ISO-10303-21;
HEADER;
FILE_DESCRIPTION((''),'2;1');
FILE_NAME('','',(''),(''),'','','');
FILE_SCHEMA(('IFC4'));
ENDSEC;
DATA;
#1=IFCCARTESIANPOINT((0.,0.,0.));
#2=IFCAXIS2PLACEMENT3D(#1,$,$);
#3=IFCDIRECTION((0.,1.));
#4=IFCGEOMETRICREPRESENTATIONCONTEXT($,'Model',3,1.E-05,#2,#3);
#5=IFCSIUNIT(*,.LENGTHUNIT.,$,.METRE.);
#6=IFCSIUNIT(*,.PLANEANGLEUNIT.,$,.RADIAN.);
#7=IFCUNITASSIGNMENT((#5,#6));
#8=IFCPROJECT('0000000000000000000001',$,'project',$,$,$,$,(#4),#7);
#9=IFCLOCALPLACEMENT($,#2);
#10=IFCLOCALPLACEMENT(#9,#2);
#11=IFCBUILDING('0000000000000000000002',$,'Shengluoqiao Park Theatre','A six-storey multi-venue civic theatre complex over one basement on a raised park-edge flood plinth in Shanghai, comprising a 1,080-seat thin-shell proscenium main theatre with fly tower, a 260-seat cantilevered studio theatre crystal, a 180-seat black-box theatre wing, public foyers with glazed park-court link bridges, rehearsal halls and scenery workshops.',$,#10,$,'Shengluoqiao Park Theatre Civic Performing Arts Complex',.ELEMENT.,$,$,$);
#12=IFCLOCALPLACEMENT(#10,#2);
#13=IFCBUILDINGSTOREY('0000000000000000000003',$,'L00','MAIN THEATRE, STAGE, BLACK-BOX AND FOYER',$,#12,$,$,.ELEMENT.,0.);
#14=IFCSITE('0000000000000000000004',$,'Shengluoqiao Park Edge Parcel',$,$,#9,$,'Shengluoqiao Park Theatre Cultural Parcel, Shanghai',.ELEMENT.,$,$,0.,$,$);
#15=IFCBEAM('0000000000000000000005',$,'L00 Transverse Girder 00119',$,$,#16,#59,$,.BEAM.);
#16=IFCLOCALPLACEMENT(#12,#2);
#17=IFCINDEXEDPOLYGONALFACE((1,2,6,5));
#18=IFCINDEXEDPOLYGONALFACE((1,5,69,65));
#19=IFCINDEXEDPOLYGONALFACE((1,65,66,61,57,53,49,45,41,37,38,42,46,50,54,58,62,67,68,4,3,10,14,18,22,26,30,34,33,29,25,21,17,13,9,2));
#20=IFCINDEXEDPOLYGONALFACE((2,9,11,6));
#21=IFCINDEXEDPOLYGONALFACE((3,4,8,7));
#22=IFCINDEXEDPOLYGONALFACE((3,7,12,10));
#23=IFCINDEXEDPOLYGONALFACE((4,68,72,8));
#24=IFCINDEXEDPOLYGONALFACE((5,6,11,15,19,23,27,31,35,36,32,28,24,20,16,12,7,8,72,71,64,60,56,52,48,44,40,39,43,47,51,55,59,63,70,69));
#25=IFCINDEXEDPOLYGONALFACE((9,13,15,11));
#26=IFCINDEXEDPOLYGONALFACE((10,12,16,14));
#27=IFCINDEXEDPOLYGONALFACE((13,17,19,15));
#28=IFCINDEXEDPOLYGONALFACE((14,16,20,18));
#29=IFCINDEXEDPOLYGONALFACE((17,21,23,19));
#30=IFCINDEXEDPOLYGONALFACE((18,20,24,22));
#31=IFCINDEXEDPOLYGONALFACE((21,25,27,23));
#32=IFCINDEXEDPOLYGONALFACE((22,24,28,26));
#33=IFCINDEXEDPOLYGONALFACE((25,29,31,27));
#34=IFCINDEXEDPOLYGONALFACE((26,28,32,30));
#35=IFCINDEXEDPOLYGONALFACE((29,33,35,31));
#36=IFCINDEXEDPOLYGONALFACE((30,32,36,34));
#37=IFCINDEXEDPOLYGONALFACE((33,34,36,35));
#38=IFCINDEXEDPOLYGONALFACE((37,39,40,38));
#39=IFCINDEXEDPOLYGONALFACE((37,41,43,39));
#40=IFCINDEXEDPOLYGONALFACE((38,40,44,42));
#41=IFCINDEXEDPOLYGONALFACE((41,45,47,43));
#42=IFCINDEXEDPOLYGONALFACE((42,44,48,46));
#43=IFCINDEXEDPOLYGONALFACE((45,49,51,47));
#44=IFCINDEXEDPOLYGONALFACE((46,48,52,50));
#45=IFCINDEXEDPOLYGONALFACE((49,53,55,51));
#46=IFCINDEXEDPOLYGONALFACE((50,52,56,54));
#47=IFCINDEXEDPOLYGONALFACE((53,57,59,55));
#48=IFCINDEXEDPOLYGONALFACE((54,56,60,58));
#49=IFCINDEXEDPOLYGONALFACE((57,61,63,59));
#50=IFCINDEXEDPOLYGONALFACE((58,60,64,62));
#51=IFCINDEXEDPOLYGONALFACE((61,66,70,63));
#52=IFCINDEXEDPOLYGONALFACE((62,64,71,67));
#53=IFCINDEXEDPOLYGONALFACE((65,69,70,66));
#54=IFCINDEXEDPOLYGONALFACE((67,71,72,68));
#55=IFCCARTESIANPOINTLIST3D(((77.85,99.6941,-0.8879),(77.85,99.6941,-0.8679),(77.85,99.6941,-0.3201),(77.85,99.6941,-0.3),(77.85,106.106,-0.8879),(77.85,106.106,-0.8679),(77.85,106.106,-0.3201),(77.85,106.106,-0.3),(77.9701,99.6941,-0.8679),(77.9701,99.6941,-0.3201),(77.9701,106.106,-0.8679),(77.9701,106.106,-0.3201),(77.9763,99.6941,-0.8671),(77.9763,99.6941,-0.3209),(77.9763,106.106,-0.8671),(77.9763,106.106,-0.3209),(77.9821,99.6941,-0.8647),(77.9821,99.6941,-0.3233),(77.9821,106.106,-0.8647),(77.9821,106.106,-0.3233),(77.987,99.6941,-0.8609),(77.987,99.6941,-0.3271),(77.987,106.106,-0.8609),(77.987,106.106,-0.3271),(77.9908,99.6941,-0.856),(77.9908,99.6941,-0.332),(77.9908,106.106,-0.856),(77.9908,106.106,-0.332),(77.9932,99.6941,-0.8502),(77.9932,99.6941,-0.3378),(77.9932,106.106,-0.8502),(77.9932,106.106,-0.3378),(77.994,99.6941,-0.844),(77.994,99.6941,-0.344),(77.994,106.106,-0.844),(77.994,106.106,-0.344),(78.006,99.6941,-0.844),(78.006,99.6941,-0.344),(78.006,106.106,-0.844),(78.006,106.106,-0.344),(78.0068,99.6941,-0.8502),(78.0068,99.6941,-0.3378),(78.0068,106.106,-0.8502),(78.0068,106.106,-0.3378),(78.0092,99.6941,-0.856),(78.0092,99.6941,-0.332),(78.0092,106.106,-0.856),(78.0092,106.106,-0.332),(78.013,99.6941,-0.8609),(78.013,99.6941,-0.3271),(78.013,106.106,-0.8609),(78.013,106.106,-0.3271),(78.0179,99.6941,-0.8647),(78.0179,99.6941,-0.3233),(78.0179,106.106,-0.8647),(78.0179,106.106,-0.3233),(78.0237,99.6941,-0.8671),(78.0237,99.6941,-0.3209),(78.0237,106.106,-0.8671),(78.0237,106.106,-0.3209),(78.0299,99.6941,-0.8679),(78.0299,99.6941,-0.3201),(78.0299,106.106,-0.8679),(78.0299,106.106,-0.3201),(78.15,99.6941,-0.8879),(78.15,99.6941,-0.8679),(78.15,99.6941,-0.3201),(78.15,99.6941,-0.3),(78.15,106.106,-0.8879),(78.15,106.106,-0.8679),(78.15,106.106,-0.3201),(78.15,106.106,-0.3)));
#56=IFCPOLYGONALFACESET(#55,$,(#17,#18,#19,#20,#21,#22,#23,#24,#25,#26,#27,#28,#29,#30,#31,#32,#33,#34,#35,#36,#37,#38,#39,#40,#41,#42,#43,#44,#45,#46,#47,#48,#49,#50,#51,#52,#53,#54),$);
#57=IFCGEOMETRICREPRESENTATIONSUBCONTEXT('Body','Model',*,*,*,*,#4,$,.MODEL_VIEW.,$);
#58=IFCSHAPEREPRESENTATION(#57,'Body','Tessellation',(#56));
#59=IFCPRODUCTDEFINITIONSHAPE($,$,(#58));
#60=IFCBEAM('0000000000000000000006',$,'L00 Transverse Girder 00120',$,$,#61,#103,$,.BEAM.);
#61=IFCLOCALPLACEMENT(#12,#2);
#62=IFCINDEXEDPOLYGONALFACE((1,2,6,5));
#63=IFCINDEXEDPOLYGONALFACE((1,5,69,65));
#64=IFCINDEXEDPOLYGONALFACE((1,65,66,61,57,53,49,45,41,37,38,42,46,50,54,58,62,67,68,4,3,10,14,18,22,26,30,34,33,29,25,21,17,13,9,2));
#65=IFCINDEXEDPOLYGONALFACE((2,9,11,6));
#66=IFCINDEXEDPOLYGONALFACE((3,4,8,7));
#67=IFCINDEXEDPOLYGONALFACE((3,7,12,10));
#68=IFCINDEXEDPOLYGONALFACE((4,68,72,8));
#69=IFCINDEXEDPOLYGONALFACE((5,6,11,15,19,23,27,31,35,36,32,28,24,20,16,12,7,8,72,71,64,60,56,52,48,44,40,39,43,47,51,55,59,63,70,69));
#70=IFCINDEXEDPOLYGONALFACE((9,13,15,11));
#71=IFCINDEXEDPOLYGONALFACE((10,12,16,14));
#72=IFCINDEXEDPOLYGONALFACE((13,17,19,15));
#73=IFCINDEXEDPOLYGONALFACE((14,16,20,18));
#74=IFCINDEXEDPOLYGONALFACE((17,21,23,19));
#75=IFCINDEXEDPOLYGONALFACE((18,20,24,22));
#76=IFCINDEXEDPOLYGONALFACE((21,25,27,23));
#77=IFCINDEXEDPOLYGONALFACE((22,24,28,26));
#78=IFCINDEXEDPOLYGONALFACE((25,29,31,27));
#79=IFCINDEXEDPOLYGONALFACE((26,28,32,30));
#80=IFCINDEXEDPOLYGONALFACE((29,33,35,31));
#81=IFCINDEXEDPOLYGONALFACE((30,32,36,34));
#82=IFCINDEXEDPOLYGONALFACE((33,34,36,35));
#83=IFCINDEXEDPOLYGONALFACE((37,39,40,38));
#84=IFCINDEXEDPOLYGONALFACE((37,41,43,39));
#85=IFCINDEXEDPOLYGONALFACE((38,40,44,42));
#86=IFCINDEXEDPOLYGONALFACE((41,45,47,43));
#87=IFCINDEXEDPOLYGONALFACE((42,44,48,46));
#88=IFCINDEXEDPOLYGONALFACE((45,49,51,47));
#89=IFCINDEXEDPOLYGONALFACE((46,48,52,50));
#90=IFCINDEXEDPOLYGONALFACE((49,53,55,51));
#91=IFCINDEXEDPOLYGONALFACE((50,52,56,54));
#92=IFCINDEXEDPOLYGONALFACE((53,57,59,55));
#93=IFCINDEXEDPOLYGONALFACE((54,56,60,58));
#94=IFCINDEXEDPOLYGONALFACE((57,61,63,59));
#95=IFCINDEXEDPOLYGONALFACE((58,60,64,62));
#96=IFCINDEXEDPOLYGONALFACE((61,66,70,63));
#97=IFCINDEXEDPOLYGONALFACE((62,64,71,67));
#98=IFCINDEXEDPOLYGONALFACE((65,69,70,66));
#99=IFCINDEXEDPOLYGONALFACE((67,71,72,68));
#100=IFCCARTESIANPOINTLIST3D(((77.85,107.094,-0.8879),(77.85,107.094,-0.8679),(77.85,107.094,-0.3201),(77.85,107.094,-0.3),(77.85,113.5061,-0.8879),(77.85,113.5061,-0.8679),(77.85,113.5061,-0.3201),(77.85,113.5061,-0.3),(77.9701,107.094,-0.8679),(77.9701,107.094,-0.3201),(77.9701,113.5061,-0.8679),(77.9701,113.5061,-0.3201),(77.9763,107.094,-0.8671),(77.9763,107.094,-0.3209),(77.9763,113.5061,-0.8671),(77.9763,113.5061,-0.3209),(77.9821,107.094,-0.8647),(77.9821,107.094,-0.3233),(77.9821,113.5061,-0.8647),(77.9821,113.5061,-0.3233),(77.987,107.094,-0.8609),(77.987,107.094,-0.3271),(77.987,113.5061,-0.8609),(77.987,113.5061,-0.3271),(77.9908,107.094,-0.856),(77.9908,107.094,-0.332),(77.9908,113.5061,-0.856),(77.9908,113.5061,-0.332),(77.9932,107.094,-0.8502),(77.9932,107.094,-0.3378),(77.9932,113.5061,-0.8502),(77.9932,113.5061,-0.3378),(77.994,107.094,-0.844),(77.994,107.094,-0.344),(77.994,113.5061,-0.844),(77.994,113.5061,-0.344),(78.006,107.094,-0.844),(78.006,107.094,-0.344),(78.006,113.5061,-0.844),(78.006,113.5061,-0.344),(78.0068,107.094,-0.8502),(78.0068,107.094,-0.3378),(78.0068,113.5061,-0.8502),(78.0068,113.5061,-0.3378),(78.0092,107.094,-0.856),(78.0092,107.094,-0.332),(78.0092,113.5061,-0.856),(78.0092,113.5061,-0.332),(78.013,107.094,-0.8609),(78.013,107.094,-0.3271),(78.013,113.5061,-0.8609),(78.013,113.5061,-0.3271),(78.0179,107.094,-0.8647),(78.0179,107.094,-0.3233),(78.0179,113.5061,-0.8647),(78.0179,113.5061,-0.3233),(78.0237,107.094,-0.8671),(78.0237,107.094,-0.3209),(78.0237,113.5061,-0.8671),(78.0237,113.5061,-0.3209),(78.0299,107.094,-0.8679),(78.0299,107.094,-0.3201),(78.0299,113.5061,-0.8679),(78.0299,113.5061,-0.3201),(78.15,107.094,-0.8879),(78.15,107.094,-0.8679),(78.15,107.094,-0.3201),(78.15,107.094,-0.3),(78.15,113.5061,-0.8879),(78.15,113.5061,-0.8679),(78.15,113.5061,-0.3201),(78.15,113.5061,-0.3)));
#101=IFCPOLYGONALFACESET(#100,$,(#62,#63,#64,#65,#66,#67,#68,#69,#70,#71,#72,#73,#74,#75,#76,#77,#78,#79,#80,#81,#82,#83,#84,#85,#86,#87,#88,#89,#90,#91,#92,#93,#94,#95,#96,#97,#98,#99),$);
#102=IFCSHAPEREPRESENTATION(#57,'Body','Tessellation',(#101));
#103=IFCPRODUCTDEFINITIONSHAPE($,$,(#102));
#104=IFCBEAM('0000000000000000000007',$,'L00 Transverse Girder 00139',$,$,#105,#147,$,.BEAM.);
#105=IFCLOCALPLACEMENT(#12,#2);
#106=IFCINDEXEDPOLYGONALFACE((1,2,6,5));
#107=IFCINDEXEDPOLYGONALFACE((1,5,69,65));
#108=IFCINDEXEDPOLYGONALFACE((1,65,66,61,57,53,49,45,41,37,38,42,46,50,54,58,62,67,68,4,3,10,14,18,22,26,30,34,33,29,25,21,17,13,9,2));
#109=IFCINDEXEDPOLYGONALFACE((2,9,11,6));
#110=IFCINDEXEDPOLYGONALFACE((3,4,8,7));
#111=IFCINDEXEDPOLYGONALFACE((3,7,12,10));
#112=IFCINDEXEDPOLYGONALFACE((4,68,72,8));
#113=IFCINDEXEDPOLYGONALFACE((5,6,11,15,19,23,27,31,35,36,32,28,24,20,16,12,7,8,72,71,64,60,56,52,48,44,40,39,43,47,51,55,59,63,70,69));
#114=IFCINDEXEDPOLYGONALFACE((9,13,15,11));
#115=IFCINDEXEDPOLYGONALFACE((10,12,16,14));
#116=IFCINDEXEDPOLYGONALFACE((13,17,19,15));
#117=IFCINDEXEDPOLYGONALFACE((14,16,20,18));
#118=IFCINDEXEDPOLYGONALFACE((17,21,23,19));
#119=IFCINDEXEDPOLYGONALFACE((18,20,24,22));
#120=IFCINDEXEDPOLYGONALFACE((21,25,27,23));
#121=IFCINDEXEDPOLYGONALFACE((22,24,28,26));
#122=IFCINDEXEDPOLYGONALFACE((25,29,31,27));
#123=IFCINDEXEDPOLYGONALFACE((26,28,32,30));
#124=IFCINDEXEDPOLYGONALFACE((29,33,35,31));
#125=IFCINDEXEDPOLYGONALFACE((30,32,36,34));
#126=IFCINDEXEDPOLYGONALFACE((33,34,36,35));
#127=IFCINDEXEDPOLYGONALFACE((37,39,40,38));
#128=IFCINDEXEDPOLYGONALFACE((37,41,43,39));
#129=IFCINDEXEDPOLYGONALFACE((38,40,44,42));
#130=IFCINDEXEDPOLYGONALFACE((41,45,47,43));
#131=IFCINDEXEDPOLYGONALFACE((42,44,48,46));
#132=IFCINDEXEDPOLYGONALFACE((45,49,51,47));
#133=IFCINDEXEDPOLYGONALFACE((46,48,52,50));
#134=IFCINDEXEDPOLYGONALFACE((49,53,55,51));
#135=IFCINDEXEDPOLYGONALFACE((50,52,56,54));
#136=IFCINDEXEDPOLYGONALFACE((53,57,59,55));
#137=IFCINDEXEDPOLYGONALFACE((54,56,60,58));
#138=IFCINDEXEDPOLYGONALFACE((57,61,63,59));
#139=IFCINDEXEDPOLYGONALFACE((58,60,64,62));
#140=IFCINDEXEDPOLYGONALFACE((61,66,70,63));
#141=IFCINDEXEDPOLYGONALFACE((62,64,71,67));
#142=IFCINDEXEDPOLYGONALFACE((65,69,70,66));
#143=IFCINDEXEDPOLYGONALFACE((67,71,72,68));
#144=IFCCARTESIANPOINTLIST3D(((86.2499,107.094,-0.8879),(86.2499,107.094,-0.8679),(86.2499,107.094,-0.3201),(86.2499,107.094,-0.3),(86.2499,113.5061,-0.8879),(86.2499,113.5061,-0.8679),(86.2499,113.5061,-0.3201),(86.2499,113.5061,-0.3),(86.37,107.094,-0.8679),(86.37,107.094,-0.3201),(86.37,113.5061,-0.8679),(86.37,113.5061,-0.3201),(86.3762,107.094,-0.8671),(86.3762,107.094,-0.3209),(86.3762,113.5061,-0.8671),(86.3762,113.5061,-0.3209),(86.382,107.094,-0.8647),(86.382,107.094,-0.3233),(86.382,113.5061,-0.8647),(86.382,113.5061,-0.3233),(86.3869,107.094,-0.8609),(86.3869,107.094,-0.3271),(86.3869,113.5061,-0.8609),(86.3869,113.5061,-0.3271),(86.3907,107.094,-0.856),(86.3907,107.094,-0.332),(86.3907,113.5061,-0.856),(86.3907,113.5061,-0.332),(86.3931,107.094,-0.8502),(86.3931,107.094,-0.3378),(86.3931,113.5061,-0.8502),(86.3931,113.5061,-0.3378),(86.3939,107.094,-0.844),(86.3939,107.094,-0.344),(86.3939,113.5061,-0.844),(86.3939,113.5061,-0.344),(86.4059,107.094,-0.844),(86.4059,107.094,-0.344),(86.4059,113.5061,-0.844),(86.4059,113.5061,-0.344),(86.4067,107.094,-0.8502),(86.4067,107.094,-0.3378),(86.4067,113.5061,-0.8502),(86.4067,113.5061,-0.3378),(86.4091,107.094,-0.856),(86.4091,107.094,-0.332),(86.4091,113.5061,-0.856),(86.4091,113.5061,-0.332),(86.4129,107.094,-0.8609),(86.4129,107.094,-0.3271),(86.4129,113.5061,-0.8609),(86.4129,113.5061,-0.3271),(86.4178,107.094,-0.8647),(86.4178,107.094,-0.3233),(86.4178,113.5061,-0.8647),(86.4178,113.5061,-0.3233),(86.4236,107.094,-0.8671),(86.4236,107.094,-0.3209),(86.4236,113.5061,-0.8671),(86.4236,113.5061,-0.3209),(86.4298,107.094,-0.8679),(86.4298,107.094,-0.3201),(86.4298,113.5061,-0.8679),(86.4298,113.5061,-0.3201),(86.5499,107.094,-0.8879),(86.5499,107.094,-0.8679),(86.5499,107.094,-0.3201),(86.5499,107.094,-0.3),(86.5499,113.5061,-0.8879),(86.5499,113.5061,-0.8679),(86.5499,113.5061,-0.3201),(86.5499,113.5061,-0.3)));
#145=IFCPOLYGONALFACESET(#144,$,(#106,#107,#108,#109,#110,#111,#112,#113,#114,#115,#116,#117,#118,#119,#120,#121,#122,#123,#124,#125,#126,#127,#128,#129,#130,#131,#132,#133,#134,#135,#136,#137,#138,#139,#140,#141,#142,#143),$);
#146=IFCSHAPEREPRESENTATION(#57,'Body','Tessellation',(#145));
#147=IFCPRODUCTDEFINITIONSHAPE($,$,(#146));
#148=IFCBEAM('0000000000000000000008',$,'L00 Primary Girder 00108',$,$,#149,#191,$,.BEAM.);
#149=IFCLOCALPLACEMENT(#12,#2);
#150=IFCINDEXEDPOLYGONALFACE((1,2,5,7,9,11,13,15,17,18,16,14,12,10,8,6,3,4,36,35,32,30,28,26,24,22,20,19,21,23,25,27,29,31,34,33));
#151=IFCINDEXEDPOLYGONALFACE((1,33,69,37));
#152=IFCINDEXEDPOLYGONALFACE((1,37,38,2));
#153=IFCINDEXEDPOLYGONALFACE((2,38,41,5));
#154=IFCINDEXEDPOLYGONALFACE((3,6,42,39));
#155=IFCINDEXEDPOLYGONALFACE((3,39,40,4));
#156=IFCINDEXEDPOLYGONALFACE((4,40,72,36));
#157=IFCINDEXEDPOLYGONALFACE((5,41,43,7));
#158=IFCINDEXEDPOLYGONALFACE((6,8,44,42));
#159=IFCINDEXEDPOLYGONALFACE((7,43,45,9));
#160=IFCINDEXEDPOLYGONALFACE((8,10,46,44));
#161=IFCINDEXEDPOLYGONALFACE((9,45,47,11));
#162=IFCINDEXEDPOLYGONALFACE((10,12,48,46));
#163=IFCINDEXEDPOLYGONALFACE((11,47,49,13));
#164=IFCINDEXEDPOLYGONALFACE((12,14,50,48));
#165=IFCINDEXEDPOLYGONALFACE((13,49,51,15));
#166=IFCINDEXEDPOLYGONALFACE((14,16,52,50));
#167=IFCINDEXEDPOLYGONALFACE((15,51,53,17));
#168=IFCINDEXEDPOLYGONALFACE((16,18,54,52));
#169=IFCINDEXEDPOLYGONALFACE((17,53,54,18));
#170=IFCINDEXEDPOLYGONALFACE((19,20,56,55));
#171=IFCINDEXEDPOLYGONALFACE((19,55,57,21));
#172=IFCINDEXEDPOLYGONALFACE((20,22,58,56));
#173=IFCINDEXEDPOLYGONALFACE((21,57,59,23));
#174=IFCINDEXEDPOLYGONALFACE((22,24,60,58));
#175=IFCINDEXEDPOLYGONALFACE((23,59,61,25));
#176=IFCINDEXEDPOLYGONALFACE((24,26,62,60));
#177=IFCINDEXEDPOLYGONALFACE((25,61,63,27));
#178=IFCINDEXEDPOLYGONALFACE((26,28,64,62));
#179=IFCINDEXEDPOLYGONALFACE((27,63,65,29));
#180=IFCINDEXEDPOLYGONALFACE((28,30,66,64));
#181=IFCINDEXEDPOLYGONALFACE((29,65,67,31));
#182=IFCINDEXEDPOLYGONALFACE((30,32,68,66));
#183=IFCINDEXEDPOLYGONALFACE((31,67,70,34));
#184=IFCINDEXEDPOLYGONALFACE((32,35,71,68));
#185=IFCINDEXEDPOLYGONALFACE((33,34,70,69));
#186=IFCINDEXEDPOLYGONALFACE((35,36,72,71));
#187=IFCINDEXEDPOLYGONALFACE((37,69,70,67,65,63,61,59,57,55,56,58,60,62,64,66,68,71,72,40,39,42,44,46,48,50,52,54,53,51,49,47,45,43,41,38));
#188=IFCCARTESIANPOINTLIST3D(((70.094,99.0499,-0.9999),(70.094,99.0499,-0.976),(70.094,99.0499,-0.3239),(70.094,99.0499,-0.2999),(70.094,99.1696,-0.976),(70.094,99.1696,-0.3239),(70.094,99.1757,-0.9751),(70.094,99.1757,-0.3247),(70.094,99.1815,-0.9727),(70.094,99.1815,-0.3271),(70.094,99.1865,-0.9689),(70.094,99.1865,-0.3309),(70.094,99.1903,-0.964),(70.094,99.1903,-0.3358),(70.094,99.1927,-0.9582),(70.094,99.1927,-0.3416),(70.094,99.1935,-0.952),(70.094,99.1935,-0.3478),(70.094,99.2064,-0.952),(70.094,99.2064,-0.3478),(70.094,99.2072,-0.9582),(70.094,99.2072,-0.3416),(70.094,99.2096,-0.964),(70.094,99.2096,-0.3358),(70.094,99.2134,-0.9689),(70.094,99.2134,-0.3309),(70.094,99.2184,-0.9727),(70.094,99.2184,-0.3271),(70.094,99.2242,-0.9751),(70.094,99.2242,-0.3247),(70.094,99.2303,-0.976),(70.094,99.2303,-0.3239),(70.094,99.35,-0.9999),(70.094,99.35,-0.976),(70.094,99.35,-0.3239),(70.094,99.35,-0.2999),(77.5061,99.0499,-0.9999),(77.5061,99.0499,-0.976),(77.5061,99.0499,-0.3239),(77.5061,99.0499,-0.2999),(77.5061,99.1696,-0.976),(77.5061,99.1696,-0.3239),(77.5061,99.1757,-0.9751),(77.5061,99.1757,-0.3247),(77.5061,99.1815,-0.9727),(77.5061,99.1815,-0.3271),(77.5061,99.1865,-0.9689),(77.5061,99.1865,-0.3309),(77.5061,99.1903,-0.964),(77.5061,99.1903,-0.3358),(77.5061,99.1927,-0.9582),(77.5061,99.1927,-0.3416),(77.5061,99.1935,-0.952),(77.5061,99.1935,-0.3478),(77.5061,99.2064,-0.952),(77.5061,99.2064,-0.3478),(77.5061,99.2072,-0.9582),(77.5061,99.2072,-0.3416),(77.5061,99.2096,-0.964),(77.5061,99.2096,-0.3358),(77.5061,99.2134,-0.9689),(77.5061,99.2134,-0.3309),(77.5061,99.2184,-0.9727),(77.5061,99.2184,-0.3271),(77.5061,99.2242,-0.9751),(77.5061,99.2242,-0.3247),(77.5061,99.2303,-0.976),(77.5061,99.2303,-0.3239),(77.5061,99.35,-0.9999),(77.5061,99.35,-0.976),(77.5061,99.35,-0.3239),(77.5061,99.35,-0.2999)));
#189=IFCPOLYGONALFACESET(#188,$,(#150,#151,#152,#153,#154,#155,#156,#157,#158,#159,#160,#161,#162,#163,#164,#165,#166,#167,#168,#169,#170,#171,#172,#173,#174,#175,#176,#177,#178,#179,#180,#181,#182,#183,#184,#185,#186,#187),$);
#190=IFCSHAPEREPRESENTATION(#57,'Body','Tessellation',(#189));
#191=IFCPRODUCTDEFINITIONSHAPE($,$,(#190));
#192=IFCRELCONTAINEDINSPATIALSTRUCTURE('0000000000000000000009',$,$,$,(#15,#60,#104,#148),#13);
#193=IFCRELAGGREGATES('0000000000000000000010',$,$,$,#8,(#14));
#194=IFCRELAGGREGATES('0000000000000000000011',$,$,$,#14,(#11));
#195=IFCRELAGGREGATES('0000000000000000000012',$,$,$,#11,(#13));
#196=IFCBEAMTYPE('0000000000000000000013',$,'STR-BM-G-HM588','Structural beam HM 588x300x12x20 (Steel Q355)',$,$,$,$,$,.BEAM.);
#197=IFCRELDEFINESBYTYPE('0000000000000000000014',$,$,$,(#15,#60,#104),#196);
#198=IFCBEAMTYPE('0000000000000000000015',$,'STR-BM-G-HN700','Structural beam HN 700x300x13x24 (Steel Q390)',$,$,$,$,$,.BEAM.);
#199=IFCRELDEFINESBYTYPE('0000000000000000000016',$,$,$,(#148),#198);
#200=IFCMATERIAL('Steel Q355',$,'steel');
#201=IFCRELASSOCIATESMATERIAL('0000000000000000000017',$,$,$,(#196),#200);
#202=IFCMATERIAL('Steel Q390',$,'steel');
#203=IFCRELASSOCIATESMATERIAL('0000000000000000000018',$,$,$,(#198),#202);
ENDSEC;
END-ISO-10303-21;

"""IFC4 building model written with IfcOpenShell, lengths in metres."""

from ifc_helpers import new_model, si_unit, direction, frame, origin, origin_2d, place, context, subcontext, project, spatial, i_section, extrude, material, material_profile, profile_set, type_object, element, save


model = new_model("IFC4")

# Units and contexts
model_context = context("Model", 3, precision=1e-05, world=origin(), true_north=direction((0.0, 1.0)))
body_context = subcontext(model_context, "Body", "Model", "MODEL_VIEW")
ifc_project = project(units=[si_unit("LENGTHUNIT", "METRE"), si_unit("PLANEANGLEUNIT", "RADIAN")], contexts=[model_context])

# Site, building, storey
site_placement = place(None, origin())
site = spatial("IfcSite", under=ifc_project, at=site_placement, Name="Shengluoqiao Park Edge Parcel", LongName="Shengluoqiao Park Theatre Cultural Parcel, Shanghai", CompositionType="ELEMENT", RefElevation=0.0)
building_placement = place(site_placement, origin())
building = spatial("IfcBuilding", under=site, at=building_placement, Name="Shengluoqiao Park Theatre", Description="A six-storey multi-venue civic theatre complex over one basement on a raised park-edge flood plinth in Shanghai, comprising a 1,080-seat thin-shell proscenium main theatre with fly tower, a 260-seat cantilevered studio theatre crystal, a 180-seat black-box theatre wing, public foyers with glazed park-court link bridges, rehearsal halls and scenery workshops.", LongName="Shengluoqiao Park Theatre Civic Performing Arts Complex", CompositionType="ELEMENT")
storey_placement = place(building_placement, origin())
storey = spatial("IfcBuildingStorey", under=building, at=storey_placement, Name="L00", Description="MAIN THEATRE, STAGE, BLACK-BOX AND FOYER", CompositionType="ELEMENT", Elevation=0.0)

# Beams
ifc_material_1 = material(Name="Steel Q355", Category="steel")
ifc_material_profile_1 = material_profile(ifc_material_1, i_section(OverallWidth=0.3, OverallDepth=0.5879, WebThickness=0.012, FlangeThickness=0.02, FilletRadius=0.0239, at=origin_2d()), Name="HM 588x300x12x20")
ifc_profile_set_1 = profile_set([ifc_material_profile_1], Name="Steel Q355")
beam_type_1 = type_object("IfcBeamType", Name="STR-BM-G-HM588", Description="Structural beam HM 588x300x12x20 (Steel Q355)", PredefinedType="BEAM", material=ifc_profile_set_1)
beam_1_placement = place(storey_placement, frame((78.0, 99.6941, -0.594), z_axis=(0.0, 1.0, 0.0), x_axis=(-1.0, 0.0, 0.0)))
element("IfcBeam", 1, at=beam_1_placement, inside=storey, type_object=beam_type_1, Name="L00 Transverse Girder 00119", PredefinedType="BEAM", context=body_context, shape_type="SweptSolid", body=[
    extrude(i_section(OverallWidth=0.3, OverallDepth=0.5879, WebThickness=0.012, FlangeThickness=0.02, FilletRadius=0.0239, at=origin_2d()), origin(), (0.0, 0.0, 1.0), 6.4119),
])
for number, where, z_axis, x_axis, name in (
    (2, (78.0, 107.094, -0.594), (0.0, 1.0, 0.0), (-1.0, 0.0, 0.0), "L00 Transverse Girder 00120"),
    (3, (86.3999, 107.094, -0.594), (0.0, 1.0, 0.0), (-1.0, 0.0, 0.0), "L00 Transverse Girder 00139"),
):
    element("IfcBeam", number, at=place(storey_placement, frame(where, z_axis=z_axis, x_axis=x_axis)), inside=storey, type_object=beam_type_1, Name=name, PredefinedType="BEAM", context=body_context, shape_type="SweptSolid", body=[
        extrude(i_section(OverallWidth=0.3, OverallDepth=0.5879, WebThickness=0.012, FlangeThickness=0.02, FilletRadius=0.0239, at=origin_2d()), origin(), (0.0, 0.0, 1.0), 6.4121),
    ])
ifc_material_2 = material(Name="Steel Q390", Category="steel")
ifc_material_profile_2 = material_profile(ifc_material_2, i_section(OverallWidth=0.3, OverallDepth=0.7, WebThickness=0.0129, FlangeThickness=0.0239, FilletRadius=0.0239, at=origin_2d()), Name="HN 700x300x13x24")
ifc_profile_set_2 = profile_set([ifc_material_profile_2], Name="Steel Q390")
beam_type_2 = type_object("IfcBeamType", Name="STR-BM-G-HN700", Description="Structural beam HN 700x300x13x24 (Steel Q390)", PredefinedType="BEAM", material=ifc_profile_set_2)
for number, where, z_axis, x_axis, name in (
    (4, (70.094, 99.2, -0.6499), (1.0, 0.0, 0.0), (0.0, 1.0, 0.0), "L00 Primary Girder 00108"),
):
    element("IfcBeam", number, at=place(storey_placement, frame(where, z_axis=z_axis, x_axis=x_axis)), inside=storey, type_object=beam_type_2, Name=name, PredefinedType="BEAM", context=body_context, shape_type="SweptSolid", body=[
        extrude(i_section(OverallWidth=0.3, OverallDepth=0.7, WebThickness=0.0129, FlangeThickness=0.0239, FilletRadius=0.0239, at=origin_2d()), origin(), (0.0, 0.0, 1.0), 7.4121),
    ])

save(model, "model.ifc")
